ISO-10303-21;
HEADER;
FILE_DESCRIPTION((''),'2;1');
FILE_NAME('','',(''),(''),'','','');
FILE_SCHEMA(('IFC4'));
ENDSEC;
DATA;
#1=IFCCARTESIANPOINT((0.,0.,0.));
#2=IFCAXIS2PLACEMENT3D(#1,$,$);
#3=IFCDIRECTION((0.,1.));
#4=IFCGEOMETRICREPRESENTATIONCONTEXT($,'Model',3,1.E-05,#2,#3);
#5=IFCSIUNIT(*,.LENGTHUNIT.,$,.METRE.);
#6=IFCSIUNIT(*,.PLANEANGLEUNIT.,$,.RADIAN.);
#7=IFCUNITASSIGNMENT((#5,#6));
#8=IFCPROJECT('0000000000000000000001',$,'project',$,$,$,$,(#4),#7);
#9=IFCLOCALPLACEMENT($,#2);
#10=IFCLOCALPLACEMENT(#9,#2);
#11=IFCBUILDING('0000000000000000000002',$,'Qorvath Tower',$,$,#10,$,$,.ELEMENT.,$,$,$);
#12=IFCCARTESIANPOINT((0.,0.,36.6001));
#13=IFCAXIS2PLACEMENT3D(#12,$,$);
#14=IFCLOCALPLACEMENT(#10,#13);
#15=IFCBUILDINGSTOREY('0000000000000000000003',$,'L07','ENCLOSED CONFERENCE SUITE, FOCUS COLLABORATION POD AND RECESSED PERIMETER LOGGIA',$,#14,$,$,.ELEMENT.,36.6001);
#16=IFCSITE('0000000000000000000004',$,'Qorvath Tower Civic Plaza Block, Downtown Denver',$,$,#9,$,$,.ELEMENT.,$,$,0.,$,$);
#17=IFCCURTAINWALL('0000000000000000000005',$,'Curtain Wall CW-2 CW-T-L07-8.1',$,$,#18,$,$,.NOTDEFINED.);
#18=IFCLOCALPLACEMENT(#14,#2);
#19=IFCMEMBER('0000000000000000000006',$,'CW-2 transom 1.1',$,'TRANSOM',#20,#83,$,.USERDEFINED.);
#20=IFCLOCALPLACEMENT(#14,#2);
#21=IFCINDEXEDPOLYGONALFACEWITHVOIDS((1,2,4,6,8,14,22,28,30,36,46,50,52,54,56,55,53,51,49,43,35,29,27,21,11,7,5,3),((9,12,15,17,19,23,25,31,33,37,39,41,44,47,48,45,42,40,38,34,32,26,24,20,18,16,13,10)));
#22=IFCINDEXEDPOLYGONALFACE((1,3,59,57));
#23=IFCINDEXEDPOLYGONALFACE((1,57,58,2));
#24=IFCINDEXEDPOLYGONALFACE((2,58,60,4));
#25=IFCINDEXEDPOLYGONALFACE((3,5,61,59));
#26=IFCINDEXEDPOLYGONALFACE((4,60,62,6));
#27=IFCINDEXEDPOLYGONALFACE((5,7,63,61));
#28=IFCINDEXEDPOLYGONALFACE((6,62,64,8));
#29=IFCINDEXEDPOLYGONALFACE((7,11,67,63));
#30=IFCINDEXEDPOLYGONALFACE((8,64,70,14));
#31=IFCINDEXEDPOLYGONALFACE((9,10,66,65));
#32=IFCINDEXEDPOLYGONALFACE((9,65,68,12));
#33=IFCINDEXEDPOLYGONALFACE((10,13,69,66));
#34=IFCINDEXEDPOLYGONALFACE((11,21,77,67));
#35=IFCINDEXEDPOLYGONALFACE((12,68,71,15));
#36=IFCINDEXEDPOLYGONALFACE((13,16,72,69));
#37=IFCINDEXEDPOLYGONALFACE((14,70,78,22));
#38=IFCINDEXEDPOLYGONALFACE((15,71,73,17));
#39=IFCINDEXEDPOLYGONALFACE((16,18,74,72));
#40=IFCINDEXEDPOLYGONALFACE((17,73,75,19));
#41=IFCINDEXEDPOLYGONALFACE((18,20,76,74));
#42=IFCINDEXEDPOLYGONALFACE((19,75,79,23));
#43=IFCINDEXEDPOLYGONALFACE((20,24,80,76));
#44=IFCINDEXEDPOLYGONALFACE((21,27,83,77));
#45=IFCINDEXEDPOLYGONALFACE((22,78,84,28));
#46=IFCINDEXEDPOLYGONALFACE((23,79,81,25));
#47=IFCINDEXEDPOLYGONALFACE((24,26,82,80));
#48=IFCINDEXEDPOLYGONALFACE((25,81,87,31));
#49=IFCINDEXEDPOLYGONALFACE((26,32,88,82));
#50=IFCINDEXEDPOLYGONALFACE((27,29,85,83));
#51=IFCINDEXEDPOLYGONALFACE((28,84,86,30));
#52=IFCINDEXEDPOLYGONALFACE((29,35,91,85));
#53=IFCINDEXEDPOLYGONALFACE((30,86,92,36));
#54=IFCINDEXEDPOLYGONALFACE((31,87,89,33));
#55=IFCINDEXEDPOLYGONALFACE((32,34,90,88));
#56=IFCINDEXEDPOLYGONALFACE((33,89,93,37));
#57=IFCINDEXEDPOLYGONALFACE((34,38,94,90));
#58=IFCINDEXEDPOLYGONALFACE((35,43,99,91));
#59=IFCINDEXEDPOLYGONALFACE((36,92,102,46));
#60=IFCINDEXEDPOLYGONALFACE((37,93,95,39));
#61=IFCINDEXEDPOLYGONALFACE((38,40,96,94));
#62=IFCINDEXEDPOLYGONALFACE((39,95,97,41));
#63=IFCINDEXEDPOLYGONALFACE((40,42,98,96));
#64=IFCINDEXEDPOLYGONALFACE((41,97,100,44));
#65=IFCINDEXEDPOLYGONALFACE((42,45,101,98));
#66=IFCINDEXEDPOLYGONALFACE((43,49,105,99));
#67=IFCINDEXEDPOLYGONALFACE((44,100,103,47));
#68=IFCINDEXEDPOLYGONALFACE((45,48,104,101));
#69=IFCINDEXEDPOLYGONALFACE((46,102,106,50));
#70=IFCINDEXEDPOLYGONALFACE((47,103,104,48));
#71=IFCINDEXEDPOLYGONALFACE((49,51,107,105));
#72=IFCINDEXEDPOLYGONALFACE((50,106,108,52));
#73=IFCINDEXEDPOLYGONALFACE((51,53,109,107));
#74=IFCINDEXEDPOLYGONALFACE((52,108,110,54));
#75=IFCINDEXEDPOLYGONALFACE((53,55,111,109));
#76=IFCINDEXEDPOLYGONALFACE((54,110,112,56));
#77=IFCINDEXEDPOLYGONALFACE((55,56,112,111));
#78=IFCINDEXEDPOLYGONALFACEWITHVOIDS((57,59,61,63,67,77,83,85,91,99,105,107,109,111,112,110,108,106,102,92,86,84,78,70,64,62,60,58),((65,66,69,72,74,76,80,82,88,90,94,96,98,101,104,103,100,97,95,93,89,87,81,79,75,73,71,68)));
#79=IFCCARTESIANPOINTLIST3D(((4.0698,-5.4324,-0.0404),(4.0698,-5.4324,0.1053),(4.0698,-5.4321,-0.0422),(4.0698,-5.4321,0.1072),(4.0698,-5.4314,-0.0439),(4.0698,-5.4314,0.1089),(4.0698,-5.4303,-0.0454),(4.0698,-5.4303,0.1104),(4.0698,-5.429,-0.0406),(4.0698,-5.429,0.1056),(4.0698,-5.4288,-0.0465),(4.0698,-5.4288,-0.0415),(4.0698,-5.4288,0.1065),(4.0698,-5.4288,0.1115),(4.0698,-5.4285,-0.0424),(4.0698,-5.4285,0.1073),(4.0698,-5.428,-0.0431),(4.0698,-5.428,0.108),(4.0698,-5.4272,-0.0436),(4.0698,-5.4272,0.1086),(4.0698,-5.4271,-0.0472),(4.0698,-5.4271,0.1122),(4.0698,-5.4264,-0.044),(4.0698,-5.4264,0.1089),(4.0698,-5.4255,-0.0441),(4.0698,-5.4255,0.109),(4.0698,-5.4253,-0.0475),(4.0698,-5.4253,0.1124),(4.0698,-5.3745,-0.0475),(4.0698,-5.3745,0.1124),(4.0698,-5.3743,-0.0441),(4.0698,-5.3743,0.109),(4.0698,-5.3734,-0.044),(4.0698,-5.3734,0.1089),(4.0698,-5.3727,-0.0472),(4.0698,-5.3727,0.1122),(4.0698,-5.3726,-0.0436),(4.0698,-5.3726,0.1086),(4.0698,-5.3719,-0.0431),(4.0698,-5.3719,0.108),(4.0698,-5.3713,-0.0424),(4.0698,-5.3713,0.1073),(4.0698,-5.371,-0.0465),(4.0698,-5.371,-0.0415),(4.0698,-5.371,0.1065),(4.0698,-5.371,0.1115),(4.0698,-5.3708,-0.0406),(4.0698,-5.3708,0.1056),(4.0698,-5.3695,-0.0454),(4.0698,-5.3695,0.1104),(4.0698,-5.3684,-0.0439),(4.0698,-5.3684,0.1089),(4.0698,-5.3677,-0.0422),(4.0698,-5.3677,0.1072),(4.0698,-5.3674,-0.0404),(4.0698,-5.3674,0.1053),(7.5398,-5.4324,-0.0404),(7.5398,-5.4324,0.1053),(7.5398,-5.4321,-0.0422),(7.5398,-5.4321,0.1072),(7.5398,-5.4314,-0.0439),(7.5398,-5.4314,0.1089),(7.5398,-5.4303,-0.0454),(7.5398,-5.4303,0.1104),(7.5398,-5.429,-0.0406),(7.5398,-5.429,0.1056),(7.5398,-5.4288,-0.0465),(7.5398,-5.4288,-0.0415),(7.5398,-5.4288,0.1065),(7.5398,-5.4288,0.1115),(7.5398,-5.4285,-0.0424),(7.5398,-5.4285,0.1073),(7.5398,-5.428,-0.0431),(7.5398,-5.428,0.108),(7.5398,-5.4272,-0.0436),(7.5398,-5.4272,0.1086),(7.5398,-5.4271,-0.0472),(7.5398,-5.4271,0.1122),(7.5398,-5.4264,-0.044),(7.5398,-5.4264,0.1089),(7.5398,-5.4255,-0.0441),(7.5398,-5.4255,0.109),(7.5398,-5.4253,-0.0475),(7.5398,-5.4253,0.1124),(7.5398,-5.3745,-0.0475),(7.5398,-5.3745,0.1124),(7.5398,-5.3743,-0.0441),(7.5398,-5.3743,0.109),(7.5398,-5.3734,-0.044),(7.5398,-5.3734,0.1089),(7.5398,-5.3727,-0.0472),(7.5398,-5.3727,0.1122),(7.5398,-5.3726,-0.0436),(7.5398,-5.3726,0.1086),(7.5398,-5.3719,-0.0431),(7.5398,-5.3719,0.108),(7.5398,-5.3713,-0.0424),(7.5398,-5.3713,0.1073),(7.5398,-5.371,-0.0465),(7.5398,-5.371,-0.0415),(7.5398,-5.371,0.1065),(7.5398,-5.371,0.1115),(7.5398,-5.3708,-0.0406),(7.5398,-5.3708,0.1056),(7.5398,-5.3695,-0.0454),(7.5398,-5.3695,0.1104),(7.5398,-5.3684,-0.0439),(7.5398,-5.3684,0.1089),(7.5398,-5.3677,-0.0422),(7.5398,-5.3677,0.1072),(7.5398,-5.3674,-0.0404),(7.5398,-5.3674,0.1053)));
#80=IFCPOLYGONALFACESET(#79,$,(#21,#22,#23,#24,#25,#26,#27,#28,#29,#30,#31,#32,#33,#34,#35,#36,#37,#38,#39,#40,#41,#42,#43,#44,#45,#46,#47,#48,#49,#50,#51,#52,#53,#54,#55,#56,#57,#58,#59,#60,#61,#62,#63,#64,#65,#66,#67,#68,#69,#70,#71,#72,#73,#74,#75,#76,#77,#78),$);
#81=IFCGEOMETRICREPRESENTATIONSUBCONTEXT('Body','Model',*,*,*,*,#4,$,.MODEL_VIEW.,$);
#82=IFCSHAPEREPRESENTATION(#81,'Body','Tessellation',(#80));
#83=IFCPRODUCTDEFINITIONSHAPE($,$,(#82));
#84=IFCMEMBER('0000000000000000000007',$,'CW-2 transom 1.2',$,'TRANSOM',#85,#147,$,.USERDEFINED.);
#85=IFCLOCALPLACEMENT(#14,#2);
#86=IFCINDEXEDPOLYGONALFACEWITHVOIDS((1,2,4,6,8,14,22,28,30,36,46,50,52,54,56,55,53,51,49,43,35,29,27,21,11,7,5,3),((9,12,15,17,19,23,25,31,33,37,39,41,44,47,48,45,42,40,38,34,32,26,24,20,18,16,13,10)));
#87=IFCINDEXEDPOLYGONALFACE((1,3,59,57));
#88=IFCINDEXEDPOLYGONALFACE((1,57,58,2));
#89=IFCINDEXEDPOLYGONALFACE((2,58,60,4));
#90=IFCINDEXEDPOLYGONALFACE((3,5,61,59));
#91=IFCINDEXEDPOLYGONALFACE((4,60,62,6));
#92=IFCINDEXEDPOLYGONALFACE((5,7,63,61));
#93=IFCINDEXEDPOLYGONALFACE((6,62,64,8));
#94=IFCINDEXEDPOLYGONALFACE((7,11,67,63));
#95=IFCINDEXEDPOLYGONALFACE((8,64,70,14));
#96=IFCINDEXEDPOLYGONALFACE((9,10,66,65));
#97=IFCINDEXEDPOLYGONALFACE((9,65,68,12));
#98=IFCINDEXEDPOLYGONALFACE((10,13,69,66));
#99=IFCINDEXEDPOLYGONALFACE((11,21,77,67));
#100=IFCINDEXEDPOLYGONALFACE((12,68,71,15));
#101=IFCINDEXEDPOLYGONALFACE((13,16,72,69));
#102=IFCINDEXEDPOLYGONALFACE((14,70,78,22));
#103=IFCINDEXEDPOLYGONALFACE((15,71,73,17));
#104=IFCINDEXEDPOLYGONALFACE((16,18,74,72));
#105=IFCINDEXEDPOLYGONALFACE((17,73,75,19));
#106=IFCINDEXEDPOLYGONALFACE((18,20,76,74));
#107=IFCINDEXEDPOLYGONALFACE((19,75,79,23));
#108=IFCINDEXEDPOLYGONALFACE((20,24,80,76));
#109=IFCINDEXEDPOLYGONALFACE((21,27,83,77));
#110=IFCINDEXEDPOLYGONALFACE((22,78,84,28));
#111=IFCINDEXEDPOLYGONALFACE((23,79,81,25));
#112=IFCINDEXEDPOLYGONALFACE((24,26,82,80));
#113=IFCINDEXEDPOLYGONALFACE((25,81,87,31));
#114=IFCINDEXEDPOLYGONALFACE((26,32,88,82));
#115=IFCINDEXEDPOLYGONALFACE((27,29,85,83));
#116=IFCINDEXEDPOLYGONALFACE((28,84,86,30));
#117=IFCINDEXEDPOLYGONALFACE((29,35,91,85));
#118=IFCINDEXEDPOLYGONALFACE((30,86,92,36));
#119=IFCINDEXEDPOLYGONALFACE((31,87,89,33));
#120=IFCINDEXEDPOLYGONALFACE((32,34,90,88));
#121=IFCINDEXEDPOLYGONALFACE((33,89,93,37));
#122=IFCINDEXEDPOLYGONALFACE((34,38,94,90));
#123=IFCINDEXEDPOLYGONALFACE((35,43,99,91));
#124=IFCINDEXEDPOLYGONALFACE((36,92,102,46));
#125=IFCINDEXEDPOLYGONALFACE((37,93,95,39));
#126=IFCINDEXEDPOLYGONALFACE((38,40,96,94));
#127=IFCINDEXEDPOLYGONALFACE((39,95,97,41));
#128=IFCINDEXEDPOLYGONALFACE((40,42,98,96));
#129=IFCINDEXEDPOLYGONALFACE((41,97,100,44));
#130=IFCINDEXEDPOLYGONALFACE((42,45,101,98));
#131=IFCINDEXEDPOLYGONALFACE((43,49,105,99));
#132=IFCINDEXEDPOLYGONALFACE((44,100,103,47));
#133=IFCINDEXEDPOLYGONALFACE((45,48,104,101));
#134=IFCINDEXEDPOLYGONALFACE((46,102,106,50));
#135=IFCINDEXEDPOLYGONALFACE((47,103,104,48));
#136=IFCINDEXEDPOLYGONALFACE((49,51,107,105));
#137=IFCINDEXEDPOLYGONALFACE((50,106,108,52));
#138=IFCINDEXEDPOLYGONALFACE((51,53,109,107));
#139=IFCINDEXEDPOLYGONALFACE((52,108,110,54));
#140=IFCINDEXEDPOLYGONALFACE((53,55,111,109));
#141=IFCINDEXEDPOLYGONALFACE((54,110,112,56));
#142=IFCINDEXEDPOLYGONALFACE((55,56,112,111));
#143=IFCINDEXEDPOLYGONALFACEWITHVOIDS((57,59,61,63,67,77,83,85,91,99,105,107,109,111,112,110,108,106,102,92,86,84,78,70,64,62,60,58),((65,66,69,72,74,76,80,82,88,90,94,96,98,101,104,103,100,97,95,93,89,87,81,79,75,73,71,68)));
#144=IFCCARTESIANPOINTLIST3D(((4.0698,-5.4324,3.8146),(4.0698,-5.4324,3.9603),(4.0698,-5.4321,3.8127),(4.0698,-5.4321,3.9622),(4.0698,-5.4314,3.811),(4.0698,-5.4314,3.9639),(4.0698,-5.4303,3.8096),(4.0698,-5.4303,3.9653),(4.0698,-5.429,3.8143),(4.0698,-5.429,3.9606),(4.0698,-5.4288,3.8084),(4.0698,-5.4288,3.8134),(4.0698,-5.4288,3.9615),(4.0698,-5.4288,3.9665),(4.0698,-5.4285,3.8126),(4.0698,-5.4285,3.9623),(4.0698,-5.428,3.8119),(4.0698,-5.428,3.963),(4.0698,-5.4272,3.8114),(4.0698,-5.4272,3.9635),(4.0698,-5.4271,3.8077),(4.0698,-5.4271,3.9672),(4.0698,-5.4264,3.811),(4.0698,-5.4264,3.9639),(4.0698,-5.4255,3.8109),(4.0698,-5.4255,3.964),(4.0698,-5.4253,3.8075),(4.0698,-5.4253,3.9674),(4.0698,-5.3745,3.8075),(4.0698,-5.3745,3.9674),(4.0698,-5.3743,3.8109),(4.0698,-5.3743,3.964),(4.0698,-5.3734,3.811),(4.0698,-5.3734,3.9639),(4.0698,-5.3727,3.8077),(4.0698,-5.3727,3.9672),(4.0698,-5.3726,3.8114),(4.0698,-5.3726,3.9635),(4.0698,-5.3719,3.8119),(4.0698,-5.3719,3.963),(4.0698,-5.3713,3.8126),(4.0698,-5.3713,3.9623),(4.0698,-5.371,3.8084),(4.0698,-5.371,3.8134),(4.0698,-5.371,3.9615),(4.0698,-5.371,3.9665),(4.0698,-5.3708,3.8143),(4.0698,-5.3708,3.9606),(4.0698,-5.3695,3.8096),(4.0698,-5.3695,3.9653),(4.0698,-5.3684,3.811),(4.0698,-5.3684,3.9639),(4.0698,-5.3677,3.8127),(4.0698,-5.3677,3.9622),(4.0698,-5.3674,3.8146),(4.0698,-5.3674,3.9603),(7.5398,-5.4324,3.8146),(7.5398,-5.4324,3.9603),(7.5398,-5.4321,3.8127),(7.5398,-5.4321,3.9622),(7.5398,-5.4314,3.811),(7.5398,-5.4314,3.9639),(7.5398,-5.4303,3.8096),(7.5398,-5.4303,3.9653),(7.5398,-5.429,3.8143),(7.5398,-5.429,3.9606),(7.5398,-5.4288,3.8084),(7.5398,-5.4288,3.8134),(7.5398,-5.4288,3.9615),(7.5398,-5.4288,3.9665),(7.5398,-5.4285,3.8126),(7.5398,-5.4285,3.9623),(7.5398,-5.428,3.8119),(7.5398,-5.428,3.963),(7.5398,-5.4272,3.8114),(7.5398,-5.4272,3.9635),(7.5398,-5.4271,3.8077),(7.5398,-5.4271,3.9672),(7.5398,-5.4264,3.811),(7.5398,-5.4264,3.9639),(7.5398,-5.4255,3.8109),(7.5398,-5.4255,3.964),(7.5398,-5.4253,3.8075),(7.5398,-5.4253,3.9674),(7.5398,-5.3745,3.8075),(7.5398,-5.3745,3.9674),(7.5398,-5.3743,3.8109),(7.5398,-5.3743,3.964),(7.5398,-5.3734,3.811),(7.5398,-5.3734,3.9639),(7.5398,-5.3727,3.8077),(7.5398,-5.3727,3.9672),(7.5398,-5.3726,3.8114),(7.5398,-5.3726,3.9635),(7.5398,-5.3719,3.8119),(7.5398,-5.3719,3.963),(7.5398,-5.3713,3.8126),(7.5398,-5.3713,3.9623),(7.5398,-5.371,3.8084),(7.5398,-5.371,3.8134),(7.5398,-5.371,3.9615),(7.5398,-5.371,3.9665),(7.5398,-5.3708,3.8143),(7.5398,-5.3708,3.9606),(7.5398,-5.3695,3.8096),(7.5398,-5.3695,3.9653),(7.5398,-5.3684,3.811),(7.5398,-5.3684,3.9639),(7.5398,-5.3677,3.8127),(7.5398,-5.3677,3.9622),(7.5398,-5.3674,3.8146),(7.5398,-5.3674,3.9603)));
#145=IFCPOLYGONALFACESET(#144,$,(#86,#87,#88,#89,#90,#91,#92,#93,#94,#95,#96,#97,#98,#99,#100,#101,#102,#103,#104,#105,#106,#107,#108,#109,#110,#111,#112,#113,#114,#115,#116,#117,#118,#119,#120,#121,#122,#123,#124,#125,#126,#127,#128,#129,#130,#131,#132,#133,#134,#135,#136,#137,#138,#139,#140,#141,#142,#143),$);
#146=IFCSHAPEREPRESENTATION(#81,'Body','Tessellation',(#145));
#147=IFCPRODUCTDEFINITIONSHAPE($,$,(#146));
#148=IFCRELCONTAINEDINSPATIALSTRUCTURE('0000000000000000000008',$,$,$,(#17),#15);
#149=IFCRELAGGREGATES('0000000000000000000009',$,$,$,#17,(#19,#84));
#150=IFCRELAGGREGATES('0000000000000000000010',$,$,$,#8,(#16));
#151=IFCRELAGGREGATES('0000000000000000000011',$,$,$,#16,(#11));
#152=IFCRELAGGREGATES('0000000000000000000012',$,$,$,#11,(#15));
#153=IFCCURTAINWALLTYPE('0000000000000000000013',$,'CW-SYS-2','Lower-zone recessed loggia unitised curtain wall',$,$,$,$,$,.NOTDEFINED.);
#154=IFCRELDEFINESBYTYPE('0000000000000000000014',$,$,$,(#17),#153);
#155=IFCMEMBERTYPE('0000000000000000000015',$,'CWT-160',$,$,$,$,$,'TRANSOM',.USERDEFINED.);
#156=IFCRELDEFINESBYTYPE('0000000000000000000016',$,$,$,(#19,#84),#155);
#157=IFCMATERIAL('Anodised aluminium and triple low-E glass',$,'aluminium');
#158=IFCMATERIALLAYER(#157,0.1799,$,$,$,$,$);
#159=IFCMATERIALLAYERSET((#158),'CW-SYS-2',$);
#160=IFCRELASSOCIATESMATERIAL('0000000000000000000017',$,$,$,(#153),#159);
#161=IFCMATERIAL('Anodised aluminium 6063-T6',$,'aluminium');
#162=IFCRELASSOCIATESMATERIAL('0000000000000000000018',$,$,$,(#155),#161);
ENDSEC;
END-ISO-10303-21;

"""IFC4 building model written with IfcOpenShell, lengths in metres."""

from ifc_helpers import new_model, si_unit, direction, frame, origin, origin_2d, place, context, subcontext, project, spatial, hollow_rectangle, extrude, material, layer, layer_set, material_profile, profile_set, type_object, element, aggregate, save


model = new_model("IFC4")

# Units and contexts
model_context = context("Model", 3, precision=1e-05, world=origin(), true_north=direction((0.0, 1.0)))
body_context = subcontext(model_context, "Body", "Model", "MODEL_VIEW")
ifc_project = project(units=[si_unit("LENGTHUNIT", "METRE"), si_unit("PLANEANGLEUNIT", "RADIAN")], contexts=[model_context])

# Site, building, storey
site_placement = place(None, origin())
site = spatial("IfcSite", under=ifc_project, at=site_placement, Name="Qorvath Tower Civic Plaza Block, Downtown Denver", CompositionType="ELEMENT", RefElevation=0.0)
building_placement = place(site_placement, origin())
building = spatial("IfcBuilding", under=site, at=building_placement, Name="Qorvath Tower", CompositionType="ELEMENT")
storey_placement = place(building_placement, frame((0.0, 0.0, 36.6001)))
storey = spatial("IfcBuildingStorey", under=building, at=storey_placement, Name="L07", Description="ENCLOSED CONFERENCE SUITE, FOCUS COLLABORATION POD AND RECESSED PERIMETER LOGGIA", CompositionType="ELEMENT", Elevation=36.6001)

# Shared definitions
ifc_material_1 = material(Name="Anodised aluminium and triple low-E glass", Category="aluminium")
ifc_layer_1 = layer(ifc_material_1, 0.1799)
ifc_layer_set_1 = layer_set([ifc_layer_1], Name="CW-SYS-2")
curtain_wall_type = type_object("IfcCurtainWallType", Name="CW-SYS-2", Description="Lower-zone recessed loggia unitised curtain wall", PredefinedType="NOTDEFINED", material=ifc_layer_set_1)

# Curtain wall
curtain_wall_1_placement = place(storey_placement, origin())
curtain_wall_1 = element("IfcCurtainWall", 1, at=curtain_wall_1_placement, inside=storey, type_object=curtain_wall_type, Name="Curtain Wall CW-2 CW-T-L07-8.1", PredefinedType="NOTDEFINED")

# Members
ifc_material_2 = material(Name="Anodised aluminium 6063-T6", Category="aluminium")
ifc_material_profile_1 = material_profile(ifc_material_2, hollow_rectangle(XDim=0.0649, YDim=0.1599, WallThickness=0.0034, InnerFilletRadius=0.0034, OuterFilletRadius=0.0071, at=origin_2d()), Name="CWT 160x65")
ifc_profile_set_1 = profile_set([ifc_material_profile_1], Name="Anodised aluminium 6063-T6")
member_type_1 = type_object("IfcMemberType", Name="CWT-160", ElementType="TRANSOM", PredefinedType="USERDEFINED", material=ifc_profile_set_1)
member_1_placement = place(storey_placement, frame((7.5398, -5.3999, 0.0325), z_axis=(-1.0, 0.0, 0.0), x_axis=(0.0, -1.0, 0.0)))
member_1 = element("IfcMember", 2, at=member_1_placement, type_object=member_type_1, Name="CW-2 transom 1.1", ObjectType="TRANSOM", PredefinedType="USERDEFINED", context=body_context, shape_type="SweptSolid", body=[
    extrude(hollow_rectangle(XDim=0.0649, YDim=0.1599, WallThickness=0.0034, InnerFilletRadius=0.0034, OuterFilletRadius=0.0071, at=origin_2d()), origin(), (0.0, 0.0, 1.0), 3.47),
])
member_2_placement = place(storey_placement, frame((7.5398, -5.3999, 3.8875), z_axis=(-1.0, 0.0, 0.0), x_axis=(0.0, -1.0, 0.0)))
member_2 = element("IfcMember", 3, at=member_2_placement, type_object=member_type_1, Name="CW-2 transom 1.2", ObjectType="TRANSOM", PredefinedType="USERDEFINED", context=body_context, shape_type="SweptSolid", body=[
    extrude(hollow_rectangle(XDim=0.0649, YDim=0.1599, WallThickness=0.0034, InnerFilletRadius=0.0034, OuterFilletRadius=0.0071, at=origin_2d()), origin(), (0.0, 0.0, 1.0), 3.47),
])

aggregate(curtain_wall_1, [member_1, member_2])

save(model, "model.ifc")
